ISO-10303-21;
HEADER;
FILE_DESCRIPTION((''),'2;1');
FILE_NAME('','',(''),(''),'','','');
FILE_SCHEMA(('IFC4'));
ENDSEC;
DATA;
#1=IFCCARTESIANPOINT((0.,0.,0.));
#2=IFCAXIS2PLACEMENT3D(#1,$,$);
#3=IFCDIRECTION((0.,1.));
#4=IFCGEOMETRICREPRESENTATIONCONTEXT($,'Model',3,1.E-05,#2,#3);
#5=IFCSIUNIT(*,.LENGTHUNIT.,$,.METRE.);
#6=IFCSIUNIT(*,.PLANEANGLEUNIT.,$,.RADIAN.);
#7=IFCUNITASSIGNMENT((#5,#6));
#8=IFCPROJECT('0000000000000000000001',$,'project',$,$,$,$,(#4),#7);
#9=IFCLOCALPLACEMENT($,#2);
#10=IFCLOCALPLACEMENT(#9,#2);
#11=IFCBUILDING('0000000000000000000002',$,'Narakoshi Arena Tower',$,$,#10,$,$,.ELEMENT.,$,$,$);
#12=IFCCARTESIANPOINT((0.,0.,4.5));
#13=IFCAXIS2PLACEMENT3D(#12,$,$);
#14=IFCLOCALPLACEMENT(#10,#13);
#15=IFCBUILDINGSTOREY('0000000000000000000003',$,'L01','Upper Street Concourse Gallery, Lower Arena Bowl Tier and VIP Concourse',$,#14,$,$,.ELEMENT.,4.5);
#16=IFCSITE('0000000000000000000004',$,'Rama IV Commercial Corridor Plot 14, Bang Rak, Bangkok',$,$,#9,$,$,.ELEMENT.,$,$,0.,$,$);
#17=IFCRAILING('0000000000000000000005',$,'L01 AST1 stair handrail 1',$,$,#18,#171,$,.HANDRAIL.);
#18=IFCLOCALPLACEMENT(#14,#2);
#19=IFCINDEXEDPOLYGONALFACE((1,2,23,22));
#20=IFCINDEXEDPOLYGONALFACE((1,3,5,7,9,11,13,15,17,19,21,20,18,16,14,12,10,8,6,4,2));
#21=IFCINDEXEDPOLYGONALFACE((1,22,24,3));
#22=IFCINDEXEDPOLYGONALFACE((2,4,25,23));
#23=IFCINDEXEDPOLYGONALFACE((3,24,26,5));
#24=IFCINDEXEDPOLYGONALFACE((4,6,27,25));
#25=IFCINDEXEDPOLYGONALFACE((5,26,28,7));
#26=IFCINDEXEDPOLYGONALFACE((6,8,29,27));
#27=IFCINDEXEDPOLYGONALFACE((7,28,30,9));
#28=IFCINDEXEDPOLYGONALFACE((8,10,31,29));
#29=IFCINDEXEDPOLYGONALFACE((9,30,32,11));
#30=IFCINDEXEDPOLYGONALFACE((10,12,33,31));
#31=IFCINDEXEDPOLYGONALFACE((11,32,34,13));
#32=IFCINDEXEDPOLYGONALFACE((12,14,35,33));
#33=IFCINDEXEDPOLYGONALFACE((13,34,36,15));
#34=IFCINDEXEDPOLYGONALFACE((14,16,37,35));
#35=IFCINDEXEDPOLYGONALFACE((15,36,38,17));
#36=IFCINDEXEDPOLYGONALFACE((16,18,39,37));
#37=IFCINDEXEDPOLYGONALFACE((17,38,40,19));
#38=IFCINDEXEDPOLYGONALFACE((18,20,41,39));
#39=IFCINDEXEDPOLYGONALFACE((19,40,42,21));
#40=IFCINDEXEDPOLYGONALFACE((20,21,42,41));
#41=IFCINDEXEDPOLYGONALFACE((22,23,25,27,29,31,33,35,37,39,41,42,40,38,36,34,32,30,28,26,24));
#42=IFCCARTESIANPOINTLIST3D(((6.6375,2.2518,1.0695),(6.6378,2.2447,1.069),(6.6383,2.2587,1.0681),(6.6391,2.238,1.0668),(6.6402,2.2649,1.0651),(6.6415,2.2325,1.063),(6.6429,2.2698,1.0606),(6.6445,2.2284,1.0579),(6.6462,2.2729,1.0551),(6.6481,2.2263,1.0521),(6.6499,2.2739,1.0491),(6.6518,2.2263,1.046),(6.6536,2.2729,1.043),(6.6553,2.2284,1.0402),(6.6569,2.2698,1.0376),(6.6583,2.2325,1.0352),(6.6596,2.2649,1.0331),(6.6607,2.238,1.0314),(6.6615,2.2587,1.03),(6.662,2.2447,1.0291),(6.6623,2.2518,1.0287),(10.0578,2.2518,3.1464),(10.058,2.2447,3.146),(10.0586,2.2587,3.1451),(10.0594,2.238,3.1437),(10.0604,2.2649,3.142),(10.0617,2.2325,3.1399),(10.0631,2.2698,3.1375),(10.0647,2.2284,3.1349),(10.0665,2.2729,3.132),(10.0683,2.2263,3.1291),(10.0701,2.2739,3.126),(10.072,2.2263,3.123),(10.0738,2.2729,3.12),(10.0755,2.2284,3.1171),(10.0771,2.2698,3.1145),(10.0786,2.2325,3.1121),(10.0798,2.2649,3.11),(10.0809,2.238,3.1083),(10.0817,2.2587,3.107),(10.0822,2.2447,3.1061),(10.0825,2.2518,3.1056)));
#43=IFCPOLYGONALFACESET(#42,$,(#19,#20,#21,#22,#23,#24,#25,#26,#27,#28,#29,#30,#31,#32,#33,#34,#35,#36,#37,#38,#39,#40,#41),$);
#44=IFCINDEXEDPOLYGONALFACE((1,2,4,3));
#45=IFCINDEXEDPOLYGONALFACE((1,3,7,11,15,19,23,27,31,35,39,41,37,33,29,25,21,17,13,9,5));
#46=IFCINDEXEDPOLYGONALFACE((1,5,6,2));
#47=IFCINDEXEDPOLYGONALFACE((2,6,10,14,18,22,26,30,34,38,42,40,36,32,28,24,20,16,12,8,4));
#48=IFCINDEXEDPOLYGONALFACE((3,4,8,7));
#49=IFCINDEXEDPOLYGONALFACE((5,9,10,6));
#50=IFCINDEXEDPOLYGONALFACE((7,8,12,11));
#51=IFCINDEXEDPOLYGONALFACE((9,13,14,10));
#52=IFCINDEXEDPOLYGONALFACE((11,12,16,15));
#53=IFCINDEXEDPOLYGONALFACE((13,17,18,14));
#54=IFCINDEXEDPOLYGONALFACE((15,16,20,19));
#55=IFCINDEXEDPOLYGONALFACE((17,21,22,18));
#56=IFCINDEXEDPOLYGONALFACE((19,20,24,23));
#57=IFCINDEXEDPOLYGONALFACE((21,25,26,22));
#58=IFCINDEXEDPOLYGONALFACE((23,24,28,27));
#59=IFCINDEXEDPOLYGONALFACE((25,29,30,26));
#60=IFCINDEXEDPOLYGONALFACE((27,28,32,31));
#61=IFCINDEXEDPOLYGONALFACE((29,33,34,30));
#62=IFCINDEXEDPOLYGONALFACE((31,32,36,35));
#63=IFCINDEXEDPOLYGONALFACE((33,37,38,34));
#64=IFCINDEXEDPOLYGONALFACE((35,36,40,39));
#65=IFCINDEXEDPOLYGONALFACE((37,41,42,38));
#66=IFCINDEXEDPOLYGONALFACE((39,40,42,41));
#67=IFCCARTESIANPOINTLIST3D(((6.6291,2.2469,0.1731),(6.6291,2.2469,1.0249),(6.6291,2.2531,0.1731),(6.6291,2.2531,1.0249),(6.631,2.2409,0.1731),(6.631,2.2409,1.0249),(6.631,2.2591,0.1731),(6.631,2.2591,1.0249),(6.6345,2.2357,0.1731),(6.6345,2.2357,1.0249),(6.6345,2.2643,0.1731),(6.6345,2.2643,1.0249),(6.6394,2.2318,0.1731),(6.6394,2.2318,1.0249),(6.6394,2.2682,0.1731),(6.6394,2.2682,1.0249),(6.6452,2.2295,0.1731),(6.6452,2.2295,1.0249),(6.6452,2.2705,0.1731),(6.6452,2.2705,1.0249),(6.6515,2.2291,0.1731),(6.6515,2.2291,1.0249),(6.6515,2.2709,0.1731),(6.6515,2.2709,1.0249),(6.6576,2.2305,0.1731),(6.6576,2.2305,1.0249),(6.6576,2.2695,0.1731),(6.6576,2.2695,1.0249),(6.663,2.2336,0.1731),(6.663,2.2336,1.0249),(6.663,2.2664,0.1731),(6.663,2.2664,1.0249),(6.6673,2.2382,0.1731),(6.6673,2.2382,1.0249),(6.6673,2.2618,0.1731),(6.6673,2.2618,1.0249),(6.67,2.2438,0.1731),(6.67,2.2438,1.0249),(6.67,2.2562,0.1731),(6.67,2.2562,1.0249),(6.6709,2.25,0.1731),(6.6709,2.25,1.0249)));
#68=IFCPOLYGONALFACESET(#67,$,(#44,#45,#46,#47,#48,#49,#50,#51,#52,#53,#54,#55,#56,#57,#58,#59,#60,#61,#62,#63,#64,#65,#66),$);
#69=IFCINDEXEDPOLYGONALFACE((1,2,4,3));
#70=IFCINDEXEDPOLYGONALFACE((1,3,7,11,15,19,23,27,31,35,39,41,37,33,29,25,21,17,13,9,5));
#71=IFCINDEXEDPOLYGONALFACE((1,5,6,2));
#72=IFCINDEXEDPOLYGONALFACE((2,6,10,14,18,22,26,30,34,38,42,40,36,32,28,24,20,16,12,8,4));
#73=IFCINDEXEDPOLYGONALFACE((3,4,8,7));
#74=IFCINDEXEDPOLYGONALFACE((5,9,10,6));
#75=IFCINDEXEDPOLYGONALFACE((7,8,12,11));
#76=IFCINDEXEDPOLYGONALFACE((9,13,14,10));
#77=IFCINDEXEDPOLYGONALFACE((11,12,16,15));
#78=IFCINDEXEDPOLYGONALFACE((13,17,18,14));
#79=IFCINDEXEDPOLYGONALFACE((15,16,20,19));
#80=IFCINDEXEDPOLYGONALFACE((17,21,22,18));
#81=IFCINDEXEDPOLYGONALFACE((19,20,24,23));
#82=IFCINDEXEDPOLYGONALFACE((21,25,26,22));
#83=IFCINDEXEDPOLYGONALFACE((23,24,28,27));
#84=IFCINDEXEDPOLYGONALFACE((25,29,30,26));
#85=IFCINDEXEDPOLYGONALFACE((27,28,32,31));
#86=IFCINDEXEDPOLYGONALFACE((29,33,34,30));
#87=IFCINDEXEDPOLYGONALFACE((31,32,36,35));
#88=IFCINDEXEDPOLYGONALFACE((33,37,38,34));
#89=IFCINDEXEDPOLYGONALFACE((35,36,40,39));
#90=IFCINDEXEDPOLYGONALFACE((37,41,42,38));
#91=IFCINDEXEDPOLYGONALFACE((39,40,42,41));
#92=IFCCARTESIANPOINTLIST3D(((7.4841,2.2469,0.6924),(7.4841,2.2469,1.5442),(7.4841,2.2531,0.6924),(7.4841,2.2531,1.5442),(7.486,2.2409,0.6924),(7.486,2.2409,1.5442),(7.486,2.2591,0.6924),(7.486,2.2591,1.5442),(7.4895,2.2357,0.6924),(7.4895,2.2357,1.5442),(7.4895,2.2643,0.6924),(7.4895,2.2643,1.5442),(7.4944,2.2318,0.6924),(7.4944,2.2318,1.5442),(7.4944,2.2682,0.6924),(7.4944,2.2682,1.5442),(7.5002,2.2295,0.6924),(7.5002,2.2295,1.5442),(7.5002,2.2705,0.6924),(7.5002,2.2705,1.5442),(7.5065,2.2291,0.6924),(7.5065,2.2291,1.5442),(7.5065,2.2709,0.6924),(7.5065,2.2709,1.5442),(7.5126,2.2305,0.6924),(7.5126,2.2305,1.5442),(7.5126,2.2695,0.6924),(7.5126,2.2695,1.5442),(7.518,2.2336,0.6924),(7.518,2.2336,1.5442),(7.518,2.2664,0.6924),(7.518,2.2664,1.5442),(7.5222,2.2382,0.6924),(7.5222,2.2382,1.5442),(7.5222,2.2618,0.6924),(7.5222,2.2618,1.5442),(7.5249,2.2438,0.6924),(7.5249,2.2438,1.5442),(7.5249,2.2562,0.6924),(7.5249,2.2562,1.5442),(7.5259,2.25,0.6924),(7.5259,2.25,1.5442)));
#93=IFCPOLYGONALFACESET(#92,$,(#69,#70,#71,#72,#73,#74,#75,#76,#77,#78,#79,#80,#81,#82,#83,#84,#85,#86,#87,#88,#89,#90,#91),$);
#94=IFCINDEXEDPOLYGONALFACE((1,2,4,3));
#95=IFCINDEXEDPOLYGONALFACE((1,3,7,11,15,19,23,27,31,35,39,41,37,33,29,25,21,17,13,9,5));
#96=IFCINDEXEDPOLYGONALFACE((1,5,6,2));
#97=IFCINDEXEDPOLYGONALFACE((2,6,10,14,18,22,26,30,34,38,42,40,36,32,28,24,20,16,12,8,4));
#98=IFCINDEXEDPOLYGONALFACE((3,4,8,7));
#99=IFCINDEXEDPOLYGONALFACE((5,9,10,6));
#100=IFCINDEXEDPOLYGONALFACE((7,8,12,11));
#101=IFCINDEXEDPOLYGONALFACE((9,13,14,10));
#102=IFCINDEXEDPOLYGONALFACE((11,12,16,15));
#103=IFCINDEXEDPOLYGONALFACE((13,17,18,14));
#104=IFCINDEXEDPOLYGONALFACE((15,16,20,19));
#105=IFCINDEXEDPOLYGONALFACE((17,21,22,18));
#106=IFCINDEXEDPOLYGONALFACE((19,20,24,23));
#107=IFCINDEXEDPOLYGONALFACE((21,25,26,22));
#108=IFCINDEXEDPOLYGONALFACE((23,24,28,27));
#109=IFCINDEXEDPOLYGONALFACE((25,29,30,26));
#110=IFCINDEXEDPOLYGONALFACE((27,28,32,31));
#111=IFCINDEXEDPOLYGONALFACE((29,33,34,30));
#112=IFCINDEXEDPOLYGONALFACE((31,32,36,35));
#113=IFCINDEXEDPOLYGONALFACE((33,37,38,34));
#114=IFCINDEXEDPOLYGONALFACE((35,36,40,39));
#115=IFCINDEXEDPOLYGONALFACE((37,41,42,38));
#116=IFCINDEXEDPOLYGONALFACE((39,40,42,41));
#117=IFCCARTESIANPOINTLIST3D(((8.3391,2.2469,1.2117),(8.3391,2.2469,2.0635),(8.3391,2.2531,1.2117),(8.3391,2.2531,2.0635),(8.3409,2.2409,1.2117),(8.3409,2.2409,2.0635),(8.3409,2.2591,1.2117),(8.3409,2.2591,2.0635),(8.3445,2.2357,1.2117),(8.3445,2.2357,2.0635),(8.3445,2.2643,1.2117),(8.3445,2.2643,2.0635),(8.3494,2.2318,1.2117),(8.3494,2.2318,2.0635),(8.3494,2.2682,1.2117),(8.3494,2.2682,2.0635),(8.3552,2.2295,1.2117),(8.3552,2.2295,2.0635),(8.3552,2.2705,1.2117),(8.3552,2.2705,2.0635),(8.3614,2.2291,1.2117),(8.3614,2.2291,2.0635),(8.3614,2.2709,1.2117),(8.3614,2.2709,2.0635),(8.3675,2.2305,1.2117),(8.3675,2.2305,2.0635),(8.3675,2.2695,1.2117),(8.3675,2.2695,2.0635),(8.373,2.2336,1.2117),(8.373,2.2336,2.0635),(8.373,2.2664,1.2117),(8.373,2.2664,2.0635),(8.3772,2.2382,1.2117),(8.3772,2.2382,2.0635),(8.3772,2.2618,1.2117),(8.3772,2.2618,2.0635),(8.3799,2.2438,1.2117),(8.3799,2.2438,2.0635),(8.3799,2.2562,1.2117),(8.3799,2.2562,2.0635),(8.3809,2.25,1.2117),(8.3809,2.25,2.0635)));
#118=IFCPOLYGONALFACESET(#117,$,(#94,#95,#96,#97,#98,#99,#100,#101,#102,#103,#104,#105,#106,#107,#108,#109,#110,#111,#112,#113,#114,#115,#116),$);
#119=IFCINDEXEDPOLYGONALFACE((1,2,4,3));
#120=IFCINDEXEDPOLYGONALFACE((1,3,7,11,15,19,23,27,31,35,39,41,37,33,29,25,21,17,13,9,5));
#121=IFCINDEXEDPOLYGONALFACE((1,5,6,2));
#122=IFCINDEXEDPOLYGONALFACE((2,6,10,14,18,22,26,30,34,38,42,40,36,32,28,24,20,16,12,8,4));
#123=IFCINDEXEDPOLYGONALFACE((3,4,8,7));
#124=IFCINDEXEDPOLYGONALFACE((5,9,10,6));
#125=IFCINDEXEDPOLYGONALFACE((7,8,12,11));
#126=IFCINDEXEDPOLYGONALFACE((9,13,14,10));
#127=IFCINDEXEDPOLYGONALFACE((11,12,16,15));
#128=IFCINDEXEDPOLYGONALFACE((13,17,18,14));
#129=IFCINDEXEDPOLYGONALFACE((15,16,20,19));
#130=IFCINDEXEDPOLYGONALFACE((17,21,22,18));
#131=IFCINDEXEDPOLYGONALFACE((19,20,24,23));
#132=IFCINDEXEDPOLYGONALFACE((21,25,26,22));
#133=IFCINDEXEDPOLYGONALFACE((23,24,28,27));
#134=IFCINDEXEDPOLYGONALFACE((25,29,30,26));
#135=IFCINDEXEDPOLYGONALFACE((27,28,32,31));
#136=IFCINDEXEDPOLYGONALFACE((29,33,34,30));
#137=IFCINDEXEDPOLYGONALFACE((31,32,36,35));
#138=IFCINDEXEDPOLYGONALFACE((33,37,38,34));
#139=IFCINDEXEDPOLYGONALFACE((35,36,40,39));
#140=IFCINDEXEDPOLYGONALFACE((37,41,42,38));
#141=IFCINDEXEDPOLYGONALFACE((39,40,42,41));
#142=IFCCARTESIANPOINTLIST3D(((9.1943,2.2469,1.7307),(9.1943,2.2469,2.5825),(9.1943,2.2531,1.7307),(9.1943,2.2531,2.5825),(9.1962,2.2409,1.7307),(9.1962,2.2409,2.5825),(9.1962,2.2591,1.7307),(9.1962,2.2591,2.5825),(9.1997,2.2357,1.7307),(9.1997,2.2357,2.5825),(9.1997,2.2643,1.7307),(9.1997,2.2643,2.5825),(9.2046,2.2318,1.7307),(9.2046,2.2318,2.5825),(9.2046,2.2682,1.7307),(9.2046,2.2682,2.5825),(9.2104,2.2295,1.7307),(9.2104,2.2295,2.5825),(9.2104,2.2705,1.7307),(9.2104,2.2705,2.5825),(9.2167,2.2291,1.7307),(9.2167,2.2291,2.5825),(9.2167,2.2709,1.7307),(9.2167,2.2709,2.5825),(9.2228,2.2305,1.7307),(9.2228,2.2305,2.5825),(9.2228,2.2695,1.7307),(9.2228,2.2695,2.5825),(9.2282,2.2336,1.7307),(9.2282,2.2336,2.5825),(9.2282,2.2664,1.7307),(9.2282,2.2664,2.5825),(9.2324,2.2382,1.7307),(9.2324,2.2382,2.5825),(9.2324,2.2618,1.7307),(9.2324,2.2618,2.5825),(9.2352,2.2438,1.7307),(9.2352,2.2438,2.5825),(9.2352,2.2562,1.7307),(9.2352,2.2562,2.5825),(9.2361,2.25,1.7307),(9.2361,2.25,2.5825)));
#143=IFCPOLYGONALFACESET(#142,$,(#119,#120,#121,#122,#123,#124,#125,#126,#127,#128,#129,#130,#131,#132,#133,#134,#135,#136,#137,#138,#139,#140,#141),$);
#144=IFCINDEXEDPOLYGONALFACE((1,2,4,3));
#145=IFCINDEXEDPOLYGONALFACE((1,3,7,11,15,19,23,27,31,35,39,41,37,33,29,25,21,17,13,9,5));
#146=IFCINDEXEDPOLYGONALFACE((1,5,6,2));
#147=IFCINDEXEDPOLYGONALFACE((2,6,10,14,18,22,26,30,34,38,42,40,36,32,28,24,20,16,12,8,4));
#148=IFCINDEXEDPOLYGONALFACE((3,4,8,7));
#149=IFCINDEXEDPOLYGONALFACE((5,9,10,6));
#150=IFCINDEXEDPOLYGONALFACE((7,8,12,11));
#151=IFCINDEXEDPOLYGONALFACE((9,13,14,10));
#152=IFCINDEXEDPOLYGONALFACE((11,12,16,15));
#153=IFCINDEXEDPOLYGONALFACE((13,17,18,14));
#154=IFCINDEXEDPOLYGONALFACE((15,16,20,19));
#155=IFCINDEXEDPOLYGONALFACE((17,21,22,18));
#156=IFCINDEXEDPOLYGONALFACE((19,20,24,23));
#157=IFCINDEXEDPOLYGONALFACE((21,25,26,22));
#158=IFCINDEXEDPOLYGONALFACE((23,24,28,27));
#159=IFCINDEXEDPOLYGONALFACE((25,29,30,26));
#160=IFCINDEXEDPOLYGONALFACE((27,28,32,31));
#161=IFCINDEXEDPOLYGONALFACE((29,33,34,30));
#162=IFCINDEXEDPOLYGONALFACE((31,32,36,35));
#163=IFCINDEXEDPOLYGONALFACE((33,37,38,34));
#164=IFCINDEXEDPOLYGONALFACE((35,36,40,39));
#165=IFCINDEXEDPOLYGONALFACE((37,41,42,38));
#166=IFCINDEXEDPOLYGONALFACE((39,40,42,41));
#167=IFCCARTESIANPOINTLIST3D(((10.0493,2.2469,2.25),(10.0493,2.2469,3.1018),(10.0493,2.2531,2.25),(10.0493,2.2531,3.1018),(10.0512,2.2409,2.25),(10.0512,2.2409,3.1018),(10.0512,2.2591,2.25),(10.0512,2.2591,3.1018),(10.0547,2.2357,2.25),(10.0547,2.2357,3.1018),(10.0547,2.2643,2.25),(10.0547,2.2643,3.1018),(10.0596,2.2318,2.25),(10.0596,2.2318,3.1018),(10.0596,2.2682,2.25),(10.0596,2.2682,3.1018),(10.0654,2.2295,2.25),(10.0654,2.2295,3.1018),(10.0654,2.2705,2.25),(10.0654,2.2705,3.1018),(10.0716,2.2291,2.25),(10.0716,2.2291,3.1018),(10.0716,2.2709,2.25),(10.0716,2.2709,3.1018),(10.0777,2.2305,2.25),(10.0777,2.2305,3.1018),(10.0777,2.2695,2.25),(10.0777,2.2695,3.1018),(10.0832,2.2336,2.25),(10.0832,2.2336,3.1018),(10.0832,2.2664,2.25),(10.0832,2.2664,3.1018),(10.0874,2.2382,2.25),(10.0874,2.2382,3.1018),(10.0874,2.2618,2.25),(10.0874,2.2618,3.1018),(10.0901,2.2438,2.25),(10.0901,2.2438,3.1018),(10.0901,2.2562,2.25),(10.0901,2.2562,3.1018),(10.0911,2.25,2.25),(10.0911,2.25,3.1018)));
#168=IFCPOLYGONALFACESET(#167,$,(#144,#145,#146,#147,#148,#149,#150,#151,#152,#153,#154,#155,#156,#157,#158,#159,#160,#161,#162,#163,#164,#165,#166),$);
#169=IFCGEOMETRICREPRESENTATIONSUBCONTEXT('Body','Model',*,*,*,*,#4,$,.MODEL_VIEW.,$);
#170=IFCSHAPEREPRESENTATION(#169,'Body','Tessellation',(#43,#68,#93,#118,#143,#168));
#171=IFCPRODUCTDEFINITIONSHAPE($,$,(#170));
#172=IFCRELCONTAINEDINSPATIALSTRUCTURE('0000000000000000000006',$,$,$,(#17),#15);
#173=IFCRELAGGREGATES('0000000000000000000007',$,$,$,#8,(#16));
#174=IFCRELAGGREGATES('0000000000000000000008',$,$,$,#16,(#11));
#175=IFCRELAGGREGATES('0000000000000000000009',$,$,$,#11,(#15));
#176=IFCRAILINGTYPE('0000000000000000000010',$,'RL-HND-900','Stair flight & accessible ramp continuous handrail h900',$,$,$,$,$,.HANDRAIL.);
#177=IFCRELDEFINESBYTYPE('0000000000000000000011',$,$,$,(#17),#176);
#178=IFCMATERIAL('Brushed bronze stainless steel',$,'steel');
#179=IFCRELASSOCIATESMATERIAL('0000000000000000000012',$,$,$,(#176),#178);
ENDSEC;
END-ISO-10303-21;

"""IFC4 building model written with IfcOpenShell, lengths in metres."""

from ifc_helpers import new_model, si_unit, direction, frame, origin, origin_2d, place, context, subcontext, project, spatial, circle, extrude, material, type_object, element, save


model = new_model("IFC4")

# Units and contexts
model_context = context("Model", 3, precision=1e-05, world=origin(), true_north=direction((0.0, 1.0)))
body_context = subcontext(model_context, "Body", "Model", "MODEL_VIEW")
ifc_project = project(units=[si_unit("LENGTHUNIT", "METRE"), si_unit("PLANEANGLEUNIT", "RADIAN")], contexts=[model_context])

# Site, building, storey
site_placement = place(None, origin())
site = spatial("IfcSite", under=ifc_project, at=site_placement, Name="Rama IV Commercial Corridor Plot 14, Bang Rak, Bangkok", CompositionType="ELEMENT", RefElevation=0.0)
building_placement = place(site_placement, origin())
building = spatial("IfcBuilding", under=site, at=building_placement, Name="Narakoshi Arena Tower", CompositionType="ELEMENT")
storey_placement = place(building_placement, frame((0.0, 0.0, 4.5)))
storey = spatial("IfcBuildingStorey", under=building, at=storey_placement, Name="L01", Description="Upper Street Concourse Gallery, Lower Arena Bowl Tier and VIP Concourse", CompositionType="ELEMENT", Elevation=4.5)

# Railing
ifc_material_1 = material(Name="Brushed bronze stainless steel", Category="steel")
railing_type_1 = type_object("IfcRailingType", Name="RL-HND-900", Description="Stair flight & accessible ramp continuous handrail h900", PredefinedType="HANDRAIL", material=ifc_material_1)
for number, where, name in (
    (1, (6.6499, 2.25, 0.1731), "L01 AST1 stair handrail 1"),
):
    element("IfcRailing", number, at=place(storey_placement, frame(where)), inside=storey, type_object=railing_type_1, Name=name, PredefinedType="HANDRAIL", context=body_context, shape_type="SweptSolid", body=[
        extrude(circle(Radius=0.0239, at=origin_2d()), frame((0.0, 0.0, 0.876), z_axis=(0.854746, 0.0, 0.519047), x_axis=(0.0, 1.0, 0.0)), (0.0, 0.0, 1.0), 4.0015),
        extrude(circle(Radius=0.021, at=origin_2d()), origin(), (0.0, 0.0, 1.0), 0.8518),
        extrude(circle(Radius=0.021, at=origin_2d()), frame((0.855, 0.0, 0.5193)), (0.0, 0.0, 1.0), 0.8518),
        extrude(circle(Radius=0.021, at=origin_2d()), frame((1.71, 0.0, 1.0386)), (0.0, 0.0, 1.0), 0.8518),
        extrude(circle(Radius=0.021, at=origin_2d()), frame((2.5652, 0.0, 1.5576)), (0.0, 0.0, 1.0), 0.8518),
        extrude(circle(Radius=0.021, at=origin_2d()), frame((3.4202, 0.0, 2.0769)), (0.0, 0.0, 1.0), 0.8518),
    ])

save(model, "model.ifc")
